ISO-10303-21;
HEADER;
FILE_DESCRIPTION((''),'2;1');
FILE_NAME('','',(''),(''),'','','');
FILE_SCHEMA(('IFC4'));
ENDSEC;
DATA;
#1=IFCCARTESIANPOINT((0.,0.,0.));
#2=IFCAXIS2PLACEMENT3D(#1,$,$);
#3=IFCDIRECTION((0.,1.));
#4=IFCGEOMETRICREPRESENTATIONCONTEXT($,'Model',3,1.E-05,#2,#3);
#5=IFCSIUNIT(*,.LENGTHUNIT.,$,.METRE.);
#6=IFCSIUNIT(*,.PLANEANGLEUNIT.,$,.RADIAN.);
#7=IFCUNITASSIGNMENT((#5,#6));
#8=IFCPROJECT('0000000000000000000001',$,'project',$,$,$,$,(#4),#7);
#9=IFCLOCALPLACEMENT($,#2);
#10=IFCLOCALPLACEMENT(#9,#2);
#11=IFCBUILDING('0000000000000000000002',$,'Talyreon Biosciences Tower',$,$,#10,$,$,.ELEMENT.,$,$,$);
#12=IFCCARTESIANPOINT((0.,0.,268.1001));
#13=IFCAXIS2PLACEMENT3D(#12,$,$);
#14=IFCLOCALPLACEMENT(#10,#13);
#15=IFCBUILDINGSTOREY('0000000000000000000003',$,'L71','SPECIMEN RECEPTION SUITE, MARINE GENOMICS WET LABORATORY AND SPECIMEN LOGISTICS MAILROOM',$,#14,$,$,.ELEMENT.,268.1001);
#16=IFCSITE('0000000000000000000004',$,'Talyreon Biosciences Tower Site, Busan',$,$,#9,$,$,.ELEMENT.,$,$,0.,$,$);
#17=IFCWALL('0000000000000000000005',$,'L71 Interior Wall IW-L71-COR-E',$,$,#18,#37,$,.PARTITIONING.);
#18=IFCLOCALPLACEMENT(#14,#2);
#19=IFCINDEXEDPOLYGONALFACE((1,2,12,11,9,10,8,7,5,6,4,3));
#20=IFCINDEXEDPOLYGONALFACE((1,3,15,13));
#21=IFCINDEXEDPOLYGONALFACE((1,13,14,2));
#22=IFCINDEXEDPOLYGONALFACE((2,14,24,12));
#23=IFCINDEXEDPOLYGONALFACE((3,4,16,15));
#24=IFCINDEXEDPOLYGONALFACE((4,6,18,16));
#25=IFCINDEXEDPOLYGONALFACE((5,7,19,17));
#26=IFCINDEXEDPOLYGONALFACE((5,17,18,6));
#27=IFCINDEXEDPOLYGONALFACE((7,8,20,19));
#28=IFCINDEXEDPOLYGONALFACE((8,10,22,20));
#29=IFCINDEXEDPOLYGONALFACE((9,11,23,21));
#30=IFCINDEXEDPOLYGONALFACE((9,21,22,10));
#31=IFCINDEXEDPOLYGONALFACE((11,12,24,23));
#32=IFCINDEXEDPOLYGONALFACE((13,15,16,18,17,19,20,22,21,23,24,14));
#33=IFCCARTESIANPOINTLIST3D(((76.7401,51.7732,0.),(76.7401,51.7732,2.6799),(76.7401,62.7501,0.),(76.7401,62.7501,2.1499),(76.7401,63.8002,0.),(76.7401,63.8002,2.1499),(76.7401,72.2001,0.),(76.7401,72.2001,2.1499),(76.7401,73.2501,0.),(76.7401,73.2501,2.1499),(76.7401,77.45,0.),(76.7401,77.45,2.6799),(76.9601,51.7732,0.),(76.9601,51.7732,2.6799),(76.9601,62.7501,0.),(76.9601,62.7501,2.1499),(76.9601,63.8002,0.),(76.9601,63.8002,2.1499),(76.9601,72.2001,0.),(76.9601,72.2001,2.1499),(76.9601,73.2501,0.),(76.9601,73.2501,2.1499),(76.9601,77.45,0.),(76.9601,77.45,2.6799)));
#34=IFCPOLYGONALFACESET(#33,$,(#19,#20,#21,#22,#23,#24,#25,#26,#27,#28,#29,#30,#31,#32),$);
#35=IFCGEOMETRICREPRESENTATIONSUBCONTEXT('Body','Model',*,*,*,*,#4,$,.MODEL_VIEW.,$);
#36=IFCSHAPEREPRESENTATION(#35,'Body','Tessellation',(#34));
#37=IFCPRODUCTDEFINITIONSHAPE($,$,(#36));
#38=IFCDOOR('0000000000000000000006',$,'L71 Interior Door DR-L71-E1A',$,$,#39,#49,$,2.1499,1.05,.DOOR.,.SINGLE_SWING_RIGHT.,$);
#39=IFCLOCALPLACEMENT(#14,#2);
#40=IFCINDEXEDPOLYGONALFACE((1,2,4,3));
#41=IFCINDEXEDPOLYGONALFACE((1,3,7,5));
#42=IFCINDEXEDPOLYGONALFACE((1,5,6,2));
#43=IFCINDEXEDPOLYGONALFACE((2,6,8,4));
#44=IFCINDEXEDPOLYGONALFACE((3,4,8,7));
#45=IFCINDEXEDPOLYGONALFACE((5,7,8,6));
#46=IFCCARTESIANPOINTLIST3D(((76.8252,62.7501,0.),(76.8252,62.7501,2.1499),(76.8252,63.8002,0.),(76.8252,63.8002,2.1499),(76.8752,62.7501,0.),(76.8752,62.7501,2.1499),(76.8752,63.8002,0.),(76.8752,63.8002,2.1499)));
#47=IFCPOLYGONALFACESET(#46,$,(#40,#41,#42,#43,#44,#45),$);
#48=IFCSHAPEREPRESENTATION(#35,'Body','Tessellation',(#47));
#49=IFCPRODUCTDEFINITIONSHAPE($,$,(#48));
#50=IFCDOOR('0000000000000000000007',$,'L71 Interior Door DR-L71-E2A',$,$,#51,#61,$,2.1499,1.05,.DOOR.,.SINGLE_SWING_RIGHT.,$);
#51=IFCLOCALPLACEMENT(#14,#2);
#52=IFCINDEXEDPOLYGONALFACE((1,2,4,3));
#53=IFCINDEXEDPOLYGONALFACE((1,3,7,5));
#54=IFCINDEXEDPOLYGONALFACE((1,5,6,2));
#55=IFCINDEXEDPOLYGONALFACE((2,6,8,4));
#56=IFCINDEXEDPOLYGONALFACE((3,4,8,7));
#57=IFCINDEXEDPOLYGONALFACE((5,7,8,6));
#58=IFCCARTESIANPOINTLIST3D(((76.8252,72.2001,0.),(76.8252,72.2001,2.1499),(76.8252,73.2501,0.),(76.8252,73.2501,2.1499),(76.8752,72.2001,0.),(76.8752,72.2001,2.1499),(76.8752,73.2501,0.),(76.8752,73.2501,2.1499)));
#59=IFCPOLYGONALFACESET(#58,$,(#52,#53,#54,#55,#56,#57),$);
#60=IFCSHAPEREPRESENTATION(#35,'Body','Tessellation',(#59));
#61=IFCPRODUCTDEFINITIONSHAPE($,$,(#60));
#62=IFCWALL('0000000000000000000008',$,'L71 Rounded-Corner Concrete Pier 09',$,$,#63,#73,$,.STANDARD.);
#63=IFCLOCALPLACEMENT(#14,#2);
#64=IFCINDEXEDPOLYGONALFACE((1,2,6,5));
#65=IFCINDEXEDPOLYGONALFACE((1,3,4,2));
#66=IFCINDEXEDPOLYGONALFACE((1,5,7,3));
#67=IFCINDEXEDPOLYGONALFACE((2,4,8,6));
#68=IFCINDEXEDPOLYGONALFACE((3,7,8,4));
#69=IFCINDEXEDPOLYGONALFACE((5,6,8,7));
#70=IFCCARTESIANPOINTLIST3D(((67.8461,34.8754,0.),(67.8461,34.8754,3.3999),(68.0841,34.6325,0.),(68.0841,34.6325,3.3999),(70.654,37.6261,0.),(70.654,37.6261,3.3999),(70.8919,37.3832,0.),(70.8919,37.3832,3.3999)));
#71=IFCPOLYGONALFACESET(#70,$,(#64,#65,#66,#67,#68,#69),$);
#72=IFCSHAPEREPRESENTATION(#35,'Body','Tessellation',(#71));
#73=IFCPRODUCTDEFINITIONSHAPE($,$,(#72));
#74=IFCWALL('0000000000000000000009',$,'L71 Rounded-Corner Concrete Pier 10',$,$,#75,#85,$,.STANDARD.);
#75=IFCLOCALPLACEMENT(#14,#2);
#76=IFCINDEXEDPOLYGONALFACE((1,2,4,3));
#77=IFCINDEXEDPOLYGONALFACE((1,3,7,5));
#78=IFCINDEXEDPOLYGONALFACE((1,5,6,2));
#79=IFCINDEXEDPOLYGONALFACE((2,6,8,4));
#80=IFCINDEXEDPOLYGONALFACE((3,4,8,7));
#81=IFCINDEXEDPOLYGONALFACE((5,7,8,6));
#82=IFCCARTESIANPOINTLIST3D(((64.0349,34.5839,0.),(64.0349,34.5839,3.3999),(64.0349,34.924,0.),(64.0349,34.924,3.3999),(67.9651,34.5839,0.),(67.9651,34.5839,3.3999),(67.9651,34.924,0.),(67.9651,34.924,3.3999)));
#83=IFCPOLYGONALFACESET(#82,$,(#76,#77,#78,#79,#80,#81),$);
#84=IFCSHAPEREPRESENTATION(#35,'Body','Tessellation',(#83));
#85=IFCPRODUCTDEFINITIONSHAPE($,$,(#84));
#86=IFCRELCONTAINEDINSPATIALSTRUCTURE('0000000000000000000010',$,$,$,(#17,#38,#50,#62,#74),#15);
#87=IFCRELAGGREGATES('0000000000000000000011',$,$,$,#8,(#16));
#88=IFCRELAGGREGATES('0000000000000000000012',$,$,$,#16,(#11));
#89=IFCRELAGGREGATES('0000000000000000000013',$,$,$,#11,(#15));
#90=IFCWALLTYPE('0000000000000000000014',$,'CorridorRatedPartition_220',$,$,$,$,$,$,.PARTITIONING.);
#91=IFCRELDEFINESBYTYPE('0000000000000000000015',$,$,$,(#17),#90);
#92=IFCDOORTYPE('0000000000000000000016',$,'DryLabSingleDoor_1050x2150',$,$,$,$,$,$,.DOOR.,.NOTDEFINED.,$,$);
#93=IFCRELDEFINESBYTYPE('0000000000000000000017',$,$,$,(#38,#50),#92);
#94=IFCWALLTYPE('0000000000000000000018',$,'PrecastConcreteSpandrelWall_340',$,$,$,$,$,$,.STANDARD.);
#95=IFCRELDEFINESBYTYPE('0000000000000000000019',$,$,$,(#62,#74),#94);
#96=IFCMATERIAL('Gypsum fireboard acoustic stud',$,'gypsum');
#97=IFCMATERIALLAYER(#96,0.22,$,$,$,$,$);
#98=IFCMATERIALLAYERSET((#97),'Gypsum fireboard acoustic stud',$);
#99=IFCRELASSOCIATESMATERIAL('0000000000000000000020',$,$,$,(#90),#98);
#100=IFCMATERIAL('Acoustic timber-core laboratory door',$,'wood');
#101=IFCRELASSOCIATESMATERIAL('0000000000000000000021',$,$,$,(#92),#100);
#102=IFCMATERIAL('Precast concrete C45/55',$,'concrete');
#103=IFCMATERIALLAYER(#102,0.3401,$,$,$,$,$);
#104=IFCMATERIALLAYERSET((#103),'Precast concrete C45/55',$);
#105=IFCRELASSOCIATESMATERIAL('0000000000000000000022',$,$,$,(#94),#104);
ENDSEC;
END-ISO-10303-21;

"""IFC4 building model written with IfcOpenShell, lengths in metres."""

from ifc_helpers import new_model, si_unit, direction, frame, frame_2d, origin, place, context, subcontext, project, spatial, rectangle, extrude, material, layer, layer_set, type_object, element, fill, save


model = new_model("IFC4")

# Units and contexts
model_context = context("Model", 3, precision=1e-05, world=origin(), true_north=direction((0.0, 1.0)))
body_context = subcontext(model_context, "Body", "Model", "MODEL_VIEW")
ifc_project = project(units=[si_unit("LENGTHUNIT", "METRE"), si_unit("PLANEANGLEUNIT", "RADIAN")], contexts=[model_context])

# Site, building, storey
site_placement = place(None, origin())
site = spatial("IfcSite", under=ifc_project, at=site_placement, Name="Talyreon Biosciences Tower Site, Busan", CompositionType="ELEMENT", RefElevation=0.0)
building_placement = place(site_placement, origin())
building = spatial("IfcBuilding", under=site, at=building_placement, Name="Talyreon Biosciences Tower", CompositionType="ELEMENT")
storey_placement = place(building_placement, frame((0.0, 0.0, 268.1001)))
storey = spatial("IfcBuildingStorey", under=building, at=storey_placement, Name="L71", Description="SPECIMEN RECEPTION SUITE, MARINE GENOMICS WET LABORATORY AND SPECIMEN LOGISTICS MAILROOM", CompositionType="ELEMENT", Elevation=268.1001)

# Shared definitions
ifc_material_1 = material(Name="Precast concrete C45/55", Category="concrete")

# Shared definitions
ifc_material_2 = material(Name="Gypsum fireboard acoustic stud", Category="gypsum")

# Wall, openings, doors
ifc_layer_1 = layer(ifc_material_2, 0.22)
ifc_layer_set_1 = layer_set([ifc_layer_1], Name="Gypsum fireboard acoustic stud")
wall_type_1 = type_object("IfcWallType", Name="CorridorRatedPartition_220", PredefinedType="PARTITIONING", material=ifc_layer_set_1)
wall_1_placement = place(storey_placement, frame((76.8501, 51.7732, 0.0), z_axis=(0.0, 0.0, 1.0), x_axis=(0.0, 1.0, 0.0)))
wall_1 = element("IfcWall", 1, at=wall_1_placement, inside=storey, type_object=wall_type_1, Name="L71 Interior Wall IW-L71-COR-E", PredefinedType="PARTITIONING", context=body_context, shape_type="SweptSolid", body=[
    extrude(rectangle(XDim=25.6768, YDim=0.22, at=frame_2d((12.8384, 0.0))), origin(), (0.0, 0.0, 1.0), 2.6799),
])
opening_1_placement = place(wall_1_placement, frame((10.9771, 0.0, 0.0)))
opening_1 = element("IfcOpeningElement", 2, at=opening_1_placement, cuts=wall_1, PredefinedType="OPENING", context=body_context, shape_type="SweptSolid", body=[
    extrude(rectangle(XDim=1.05, YDim=2.1499, at=frame_2d((0.5249, 1.075))), frame((0.0, 0.1199, 0.0), z_axis=(0.0, -1.0, 0.0), x_axis=(1.0, 0.0, 0.0)), (0.0, 0.0, 1.0), 0.24),
])
opening_2_placement = place(wall_1_placement, frame((20.427, 0.0, 0.0)))
opening_2 = element("IfcOpeningElement", 3, at=opening_2_placement, cuts=wall_1, PredefinedType="OPENING", context=body_context, shape_type="SweptSolid", body=[
    extrude(rectangle(XDim=1.05, YDim=2.1499, at=frame_2d((0.5249, 1.075))), frame((0.0, 0.1199, 0.0), z_axis=(0.0, -1.0, 0.0), x_axis=(1.0, 0.0, 0.0)), (0.0, 0.0, 1.0), 0.24),
])
ifc_material_3 = material(Name="Acoustic timber-core laboratory door", Category="wood")
door_type = type_object("IfcDoorType", Name="DryLabSingleDoor_1050x2150", OperationType="NOTDEFINED", PredefinedType="DOOR", material=ifc_material_3)
door_1_placement = place(opening_1_placement, origin())
door_1 = element("IfcDoor", 4, at=door_1_placement, inside=storey, type_object=door_type, Name="L71 Interior Door DR-L71-E1A", OperationType="SINGLE_SWING_RIGHT", OverallHeight=2.1499, OverallWidth=1.05, PredefinedType="DOOR", context=body_context, shape_type="SweptSolid", body=[
    extrude(rectangle(XDim=1.05, YDim=2.1499, at=frame_2d((0.5249, 1.075))), frame((0.0, 0.0249, 0.0), z_axis=(0.0, -1.0, 0.0), x_axis=(1.0, 0.0, 0.0)), (0.0, 0.0, 1.0), 0.05),
])
fill(opening_1, door_1)
door_2_placement = place(opening_2_placement, origin())
door_2 = element("IfcDoor", 5, at=door_2_placement, inside=storey, type_object=door_type, Name="L71 Interior Door DR-L71-E2A", OperationType="SINGLE_SWING_RIGHT", OverallHeight=2.1499, OverallWidth=1.05, PredefinedType="DOOR", context=body_context, shape_type="SweptSolid", body=[
    extrude(rectangle(XDim=1.05, YDim=2.1499, at=frame_2d((0.5249, 1.075))), frame((0.0, 0.0249, 0.0), z_axis=(0.0, -1.0, 0.0), x_axis=(1.0, 0.0, 0.0)), (0.0, 0.0, 1.0), 0.05),
])
fill(opening_2, door_2)

# Walls
ifc_layer_2 = layer(ifc_material_1, 0.3401)
ifc_layer_set_2 = layer_set([ifc_layer_2], Name="Precast concrete C45/55")
wall_type_2 = type_object("IfcWallType", Name="PrecastConcreteSpandrelWall_340", PredefinedType="STANDARD", material=ifc_layer_set_2)
wall_2_placement = place(storey_placement, frame((70.7729, 37.5046, 0.0), z_axis=(0.0, 0.0, 1.0), x_axis=(-0.714336, -0.699802, 0.0)))
element("IfcWall", 6, at=wall_2_placement, inside=storey, type_object=wall_type_2, Name="L71 Rounded-Corner Concrete Pier 09", PredefinedType="STANDARD", context=body_context, shape_type="SweptSolid", body=[
    extrude(rectangle(XDim=3.9307, YDim=0.3401, at=frame_2d((1.9653, 0.0))), origin(), (0.0, 0.0, 1.0), 3.3999),
])
wall_3_placement = place(storey_placement, frame((67.9651, 34.7539, 0.0), z_axis=(0.0, 0.0, 1.0), x_axis=(-1.0, 0.0, 0.0)))
element("IfcWall", 7, at=wall_3_placement, inside=storey, type_object=wall_type_2, Name="L71 Rounded-Corner Concrete Pier 10", PredefinedType="STANDARD", context=body_context, shape_type="SweptSolid", body=[
    extrude(rectangle(XDim=3.9302, YDim=0.3401, at=frame_2d((1.9651, 0.0))), origin(), (0.0, 0.0, 1.0), 3.3999),
])

save(model, "model.ifc")
